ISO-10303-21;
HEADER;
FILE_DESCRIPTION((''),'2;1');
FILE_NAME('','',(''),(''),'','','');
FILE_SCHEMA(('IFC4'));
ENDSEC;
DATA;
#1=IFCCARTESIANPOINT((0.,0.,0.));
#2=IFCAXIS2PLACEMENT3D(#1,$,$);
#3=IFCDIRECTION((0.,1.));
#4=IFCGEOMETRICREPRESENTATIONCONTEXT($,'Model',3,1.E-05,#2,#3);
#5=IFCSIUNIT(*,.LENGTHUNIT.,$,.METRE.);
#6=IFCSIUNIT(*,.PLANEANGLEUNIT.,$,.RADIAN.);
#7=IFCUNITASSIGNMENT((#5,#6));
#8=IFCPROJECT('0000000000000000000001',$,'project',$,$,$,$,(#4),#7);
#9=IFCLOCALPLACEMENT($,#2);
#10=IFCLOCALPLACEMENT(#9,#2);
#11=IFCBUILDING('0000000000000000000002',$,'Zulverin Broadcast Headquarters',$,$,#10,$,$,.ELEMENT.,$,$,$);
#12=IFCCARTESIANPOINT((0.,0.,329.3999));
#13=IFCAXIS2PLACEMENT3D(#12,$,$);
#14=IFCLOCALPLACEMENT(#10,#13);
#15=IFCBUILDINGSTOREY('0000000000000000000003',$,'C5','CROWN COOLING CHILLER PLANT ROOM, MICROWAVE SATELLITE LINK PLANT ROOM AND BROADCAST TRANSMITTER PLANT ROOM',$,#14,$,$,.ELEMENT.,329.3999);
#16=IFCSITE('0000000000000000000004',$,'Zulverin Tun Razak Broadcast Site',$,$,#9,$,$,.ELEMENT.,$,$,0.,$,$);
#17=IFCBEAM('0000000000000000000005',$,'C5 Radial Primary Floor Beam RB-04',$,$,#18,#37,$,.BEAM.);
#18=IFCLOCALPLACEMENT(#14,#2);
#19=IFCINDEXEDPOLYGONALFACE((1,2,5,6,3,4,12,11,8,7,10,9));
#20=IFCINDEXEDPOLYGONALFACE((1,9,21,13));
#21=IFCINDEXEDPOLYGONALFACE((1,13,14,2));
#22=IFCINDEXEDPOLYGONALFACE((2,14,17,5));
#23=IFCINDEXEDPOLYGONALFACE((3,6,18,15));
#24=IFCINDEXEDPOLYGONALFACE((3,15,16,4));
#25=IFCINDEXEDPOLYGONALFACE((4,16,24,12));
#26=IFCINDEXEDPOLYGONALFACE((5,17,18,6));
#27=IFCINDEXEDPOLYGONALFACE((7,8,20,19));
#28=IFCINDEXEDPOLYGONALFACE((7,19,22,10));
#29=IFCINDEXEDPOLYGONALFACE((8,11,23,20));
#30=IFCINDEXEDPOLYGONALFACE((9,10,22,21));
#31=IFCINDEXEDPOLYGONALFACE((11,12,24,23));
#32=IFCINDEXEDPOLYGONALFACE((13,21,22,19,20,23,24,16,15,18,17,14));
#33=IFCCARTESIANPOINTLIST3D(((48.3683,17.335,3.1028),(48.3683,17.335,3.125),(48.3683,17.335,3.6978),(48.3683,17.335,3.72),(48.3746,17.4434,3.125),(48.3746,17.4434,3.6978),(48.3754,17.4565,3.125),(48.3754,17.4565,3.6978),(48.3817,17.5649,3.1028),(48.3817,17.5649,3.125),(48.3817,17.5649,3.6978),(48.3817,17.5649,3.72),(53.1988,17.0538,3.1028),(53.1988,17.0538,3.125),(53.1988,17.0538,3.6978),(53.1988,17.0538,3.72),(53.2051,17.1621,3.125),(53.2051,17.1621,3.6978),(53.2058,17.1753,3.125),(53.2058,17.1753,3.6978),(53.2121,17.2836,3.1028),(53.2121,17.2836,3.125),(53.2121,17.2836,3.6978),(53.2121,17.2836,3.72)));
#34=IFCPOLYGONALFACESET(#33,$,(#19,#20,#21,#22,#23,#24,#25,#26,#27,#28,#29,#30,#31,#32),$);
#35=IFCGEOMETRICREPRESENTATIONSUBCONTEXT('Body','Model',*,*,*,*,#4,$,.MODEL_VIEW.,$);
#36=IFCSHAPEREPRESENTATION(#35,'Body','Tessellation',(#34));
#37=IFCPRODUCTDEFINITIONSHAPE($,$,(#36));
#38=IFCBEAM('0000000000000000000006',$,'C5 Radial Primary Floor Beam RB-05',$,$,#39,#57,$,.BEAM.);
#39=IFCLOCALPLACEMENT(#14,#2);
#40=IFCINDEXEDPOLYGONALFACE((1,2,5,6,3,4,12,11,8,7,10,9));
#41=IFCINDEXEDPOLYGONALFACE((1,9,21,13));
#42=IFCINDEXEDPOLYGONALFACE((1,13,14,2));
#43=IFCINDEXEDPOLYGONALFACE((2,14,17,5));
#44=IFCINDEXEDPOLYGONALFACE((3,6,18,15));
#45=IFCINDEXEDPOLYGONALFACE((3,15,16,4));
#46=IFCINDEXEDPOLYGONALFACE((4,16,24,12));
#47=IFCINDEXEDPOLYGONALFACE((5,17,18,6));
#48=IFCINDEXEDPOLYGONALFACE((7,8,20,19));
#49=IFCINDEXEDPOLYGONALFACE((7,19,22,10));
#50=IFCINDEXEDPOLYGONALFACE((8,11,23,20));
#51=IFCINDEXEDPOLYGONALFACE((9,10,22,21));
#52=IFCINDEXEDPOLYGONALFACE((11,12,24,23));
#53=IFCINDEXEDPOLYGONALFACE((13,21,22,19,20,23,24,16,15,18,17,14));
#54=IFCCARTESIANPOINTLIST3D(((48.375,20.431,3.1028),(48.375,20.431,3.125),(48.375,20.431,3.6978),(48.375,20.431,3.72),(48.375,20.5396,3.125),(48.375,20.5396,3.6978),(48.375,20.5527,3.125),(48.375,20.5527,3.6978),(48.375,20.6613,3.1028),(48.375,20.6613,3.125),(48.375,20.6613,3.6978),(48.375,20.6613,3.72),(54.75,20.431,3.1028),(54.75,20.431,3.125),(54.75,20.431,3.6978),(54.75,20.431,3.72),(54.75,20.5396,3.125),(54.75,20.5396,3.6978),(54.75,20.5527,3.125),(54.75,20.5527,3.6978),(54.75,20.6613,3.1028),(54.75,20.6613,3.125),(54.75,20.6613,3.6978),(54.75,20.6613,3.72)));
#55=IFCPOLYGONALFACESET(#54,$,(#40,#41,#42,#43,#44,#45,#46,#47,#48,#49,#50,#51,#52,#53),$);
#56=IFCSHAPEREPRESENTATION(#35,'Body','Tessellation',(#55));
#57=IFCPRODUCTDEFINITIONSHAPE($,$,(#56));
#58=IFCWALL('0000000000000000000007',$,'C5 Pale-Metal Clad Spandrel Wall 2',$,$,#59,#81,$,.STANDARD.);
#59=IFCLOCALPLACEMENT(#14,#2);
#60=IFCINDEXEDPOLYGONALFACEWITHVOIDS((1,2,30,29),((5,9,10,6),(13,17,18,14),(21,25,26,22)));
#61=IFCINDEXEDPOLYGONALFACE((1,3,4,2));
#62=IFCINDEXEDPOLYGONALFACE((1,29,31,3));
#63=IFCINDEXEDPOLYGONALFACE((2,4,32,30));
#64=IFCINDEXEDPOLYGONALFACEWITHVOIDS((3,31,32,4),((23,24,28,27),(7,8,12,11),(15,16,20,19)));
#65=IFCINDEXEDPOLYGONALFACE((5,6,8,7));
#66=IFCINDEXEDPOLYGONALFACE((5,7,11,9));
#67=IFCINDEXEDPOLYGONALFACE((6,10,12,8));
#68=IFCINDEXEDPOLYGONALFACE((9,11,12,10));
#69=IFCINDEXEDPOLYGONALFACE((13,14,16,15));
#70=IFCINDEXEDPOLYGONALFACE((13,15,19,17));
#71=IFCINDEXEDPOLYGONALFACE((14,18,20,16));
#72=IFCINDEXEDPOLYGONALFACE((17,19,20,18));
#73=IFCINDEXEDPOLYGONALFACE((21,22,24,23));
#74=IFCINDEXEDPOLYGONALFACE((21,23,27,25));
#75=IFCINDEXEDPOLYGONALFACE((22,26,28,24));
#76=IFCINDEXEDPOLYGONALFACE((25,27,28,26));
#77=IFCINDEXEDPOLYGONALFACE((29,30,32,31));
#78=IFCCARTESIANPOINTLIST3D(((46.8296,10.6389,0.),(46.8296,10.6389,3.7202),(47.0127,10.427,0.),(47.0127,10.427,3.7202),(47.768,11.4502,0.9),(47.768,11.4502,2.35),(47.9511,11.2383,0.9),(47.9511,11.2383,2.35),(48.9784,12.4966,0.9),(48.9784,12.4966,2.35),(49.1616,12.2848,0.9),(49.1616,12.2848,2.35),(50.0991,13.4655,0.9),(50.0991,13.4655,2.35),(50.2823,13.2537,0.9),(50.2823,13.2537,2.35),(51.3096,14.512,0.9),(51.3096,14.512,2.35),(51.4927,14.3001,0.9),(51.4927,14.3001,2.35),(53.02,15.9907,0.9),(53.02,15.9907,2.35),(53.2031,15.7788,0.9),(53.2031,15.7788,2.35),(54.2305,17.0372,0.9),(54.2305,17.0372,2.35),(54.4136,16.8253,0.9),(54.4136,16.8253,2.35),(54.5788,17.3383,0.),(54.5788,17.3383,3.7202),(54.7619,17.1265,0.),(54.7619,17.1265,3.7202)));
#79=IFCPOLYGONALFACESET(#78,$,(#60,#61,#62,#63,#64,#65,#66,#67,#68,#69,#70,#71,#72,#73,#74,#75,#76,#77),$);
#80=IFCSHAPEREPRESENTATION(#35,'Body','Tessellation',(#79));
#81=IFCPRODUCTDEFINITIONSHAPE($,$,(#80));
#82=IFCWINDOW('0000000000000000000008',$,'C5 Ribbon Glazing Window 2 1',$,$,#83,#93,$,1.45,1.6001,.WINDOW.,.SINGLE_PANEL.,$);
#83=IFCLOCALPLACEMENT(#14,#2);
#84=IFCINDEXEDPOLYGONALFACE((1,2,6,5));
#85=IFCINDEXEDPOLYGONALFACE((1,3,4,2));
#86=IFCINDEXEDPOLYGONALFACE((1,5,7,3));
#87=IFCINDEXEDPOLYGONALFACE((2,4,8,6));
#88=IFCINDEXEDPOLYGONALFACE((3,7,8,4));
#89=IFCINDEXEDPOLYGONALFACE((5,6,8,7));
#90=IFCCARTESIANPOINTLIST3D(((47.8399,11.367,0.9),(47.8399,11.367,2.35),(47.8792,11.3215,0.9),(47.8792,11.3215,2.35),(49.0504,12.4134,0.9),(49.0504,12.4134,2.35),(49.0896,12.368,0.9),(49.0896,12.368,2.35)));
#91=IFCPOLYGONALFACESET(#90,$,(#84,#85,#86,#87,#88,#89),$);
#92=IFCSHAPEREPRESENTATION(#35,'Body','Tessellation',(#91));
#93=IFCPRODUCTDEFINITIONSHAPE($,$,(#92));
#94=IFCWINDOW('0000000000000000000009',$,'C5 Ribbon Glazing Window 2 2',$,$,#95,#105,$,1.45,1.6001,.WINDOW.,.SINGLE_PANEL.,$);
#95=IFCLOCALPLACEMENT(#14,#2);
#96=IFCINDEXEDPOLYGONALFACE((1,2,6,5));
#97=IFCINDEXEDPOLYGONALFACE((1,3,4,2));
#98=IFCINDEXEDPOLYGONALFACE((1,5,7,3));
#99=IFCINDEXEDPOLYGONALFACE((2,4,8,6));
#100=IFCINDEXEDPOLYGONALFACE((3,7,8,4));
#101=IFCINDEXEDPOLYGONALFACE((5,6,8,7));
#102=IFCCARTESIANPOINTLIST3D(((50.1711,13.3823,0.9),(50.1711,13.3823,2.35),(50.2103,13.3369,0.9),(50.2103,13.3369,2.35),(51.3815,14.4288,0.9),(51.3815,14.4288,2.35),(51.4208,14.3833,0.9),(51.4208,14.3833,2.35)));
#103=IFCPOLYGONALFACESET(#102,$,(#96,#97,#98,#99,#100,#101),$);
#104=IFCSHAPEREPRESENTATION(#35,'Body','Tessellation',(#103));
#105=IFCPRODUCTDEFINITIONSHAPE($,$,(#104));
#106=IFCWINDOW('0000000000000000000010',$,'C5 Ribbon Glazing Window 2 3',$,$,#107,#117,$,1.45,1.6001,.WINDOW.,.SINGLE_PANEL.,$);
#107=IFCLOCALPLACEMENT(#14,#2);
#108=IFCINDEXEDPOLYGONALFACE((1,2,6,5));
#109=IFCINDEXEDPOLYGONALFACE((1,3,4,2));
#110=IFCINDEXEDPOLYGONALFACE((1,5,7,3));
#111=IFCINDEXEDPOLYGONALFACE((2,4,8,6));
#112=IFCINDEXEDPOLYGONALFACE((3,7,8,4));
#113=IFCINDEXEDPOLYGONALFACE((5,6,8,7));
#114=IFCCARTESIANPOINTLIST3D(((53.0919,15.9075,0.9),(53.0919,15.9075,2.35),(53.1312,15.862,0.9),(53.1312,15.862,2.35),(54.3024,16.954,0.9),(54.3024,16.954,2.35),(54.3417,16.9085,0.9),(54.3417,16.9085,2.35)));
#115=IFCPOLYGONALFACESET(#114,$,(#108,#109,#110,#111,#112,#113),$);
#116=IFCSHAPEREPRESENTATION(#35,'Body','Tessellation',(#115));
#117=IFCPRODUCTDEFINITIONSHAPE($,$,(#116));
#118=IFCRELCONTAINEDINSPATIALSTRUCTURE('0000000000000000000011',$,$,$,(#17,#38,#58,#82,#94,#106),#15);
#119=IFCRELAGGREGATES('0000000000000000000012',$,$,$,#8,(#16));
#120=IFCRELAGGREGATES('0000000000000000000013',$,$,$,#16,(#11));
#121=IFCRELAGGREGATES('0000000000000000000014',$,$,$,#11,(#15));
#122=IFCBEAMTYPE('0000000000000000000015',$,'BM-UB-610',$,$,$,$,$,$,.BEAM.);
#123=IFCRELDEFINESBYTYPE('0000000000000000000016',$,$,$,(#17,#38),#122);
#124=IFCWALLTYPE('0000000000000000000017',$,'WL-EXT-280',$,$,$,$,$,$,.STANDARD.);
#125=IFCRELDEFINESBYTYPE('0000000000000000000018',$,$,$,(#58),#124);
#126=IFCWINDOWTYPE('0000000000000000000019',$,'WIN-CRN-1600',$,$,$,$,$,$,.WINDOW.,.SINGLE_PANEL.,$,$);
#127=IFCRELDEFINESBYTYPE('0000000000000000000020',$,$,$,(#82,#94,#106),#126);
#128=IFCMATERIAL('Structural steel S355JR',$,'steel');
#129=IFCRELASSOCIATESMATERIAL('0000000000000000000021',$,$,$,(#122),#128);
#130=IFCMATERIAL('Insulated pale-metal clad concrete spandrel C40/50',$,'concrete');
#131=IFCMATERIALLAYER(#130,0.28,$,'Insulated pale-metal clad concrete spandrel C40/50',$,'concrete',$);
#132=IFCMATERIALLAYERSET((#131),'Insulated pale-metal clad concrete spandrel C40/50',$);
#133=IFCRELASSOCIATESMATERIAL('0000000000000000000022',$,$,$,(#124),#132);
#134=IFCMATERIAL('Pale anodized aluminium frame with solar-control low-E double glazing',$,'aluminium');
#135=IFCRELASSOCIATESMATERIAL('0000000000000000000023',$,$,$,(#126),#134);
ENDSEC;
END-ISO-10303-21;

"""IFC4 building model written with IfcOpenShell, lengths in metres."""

from ifc_helpers import new_model, si_unit, direction, frame, frame_2d, origin, origin_2d, place, context, subcontext, project, spatial, rectangle, i_section, extrude, material, layer, layer_set, material_profile, profile_set, type_object, element, fill, save


model = new_model("IFC4")

# Units and contexts
model_context = context("Model", 3, precision=1e-05, world=origin(), true_north=direction((0.0, 1.0)))
body_context = subcontext(model_context, "Body", "Model", "MODEL_VIEW")
ifc_project = project(units=[si_unit("LENGTHUNIT", "METRE"), si_unit("PLANEANGLEUNIT", "RADIAN")], contexts=[model_context])

# Site, building, storey
site_placement = place(None, origin())
site = spatial("IfcSite", under=ifc_project, at=site_placement, Name="Zulverin Tun Razak Broadcast Site", CompositionType="ELEMENT", RefElevation=0.0)
building_placement = place(site_placement, origin())
building = spatial("IfcBuilding", under=site, at=building_placement, Name="Zulverin Broadcast Headquarters", CompositionType="ELEMENT")
storey_placement = place(building_placement, frame((0.0, 0.0, 329.3999)))
storey = spatial("IfcBuildingStorey", under=building, at=storey_placement, Name="C5", Description="CROWN COOLING CHILLER PLANT ROOM, MICROWAVE SATELLITE LINK PLANT ROOM AND BROADCAST TRANSMITTER PLANT ROOM", CompositionType="ELEMENT", Elevation=329.3999)

# Shared definitions
ifc_material_1 = material(Name="Structural steel S355JR", Category="steel")

# Beams
ifc_material_profile_1 = material_profile(ifc_material_1, i_section(OverallWidth=0.2302, OverallDepth=0.6172, WebThickness=0.0132, FlangeThickness=0.0222, at=origin_2d()), Name="Structural steel S355JR", Category="steel")
ifc_profile_set_1 = profile_set([ifc_material_profile_1], Name="Structural steel S355JR")
beam_type_1 = type_object("IfcBeamType", Name="BM-UB-610", PredefinedType="BEAM", material=ifc_profile_set_1)
beam_1_placement = place(storey_placement, frame((48.375, 17.45, 3.4114), z_axis=(0.998309, -0.058127, 0.0), x_axis=(0.058127, 0.998309, 0.0)))
element("IfcBeam", 1, at=beam_1_placement, inside=storey, type_object=beam_type_1, Name="C5 Radial Primary Floor Beam RB-04", PredefinedType="BEAM", context=body_context, shape_type="SweptSolid", body=[
    extrude(i_section(OverallWidth=0.2302, OverallDepth=0.6172, WebThickness=0.0132, FlangeThickness=0.0222, at=origin_2d()), origin(), (0.0, 0.0, 1.0), 4.8386),
])
beam_2_placement = place(storey_placement, frame((48.375, 20.5461, 3.4114), z_axis=(1.0, 0.0, 0.0), x_axis=(0.0, 1.0, 0.0)))
element("IfcBeam", 2, at=beam_2_placement, inside=storey, type_object=beam_type_1, Name="C5 Radial Primary Floor Beam RB-05", PredefinedType="BEAM", context=body_context, shape_type="SweptSolid", body=[
    extrude(i_section(OverallWidth=0.2302, OverallDepth=0.6172, WebThickness=0.0132, FlangeThickness=0.0222, at=origin_2d()), origin(), (0.0, 0.0, 1.0), 6.375),
])

# Wall, openings, windows
ifc_material_2 = material(Name="Insulated pale-metal clad concrete spandrel C40/50", Category="concrete")
ifc_layer_1 = layer(ifc_material_2, 0.28, Name="Insulated pale-metal clad concrete spandrel C40/50", Category="concrete")
ifc_layer_set_1 = layer_set([ifc_layer_1], Name="Insulated pale-metal clad concrete spandrel C40/50")
wall_type_1 = type_object("IfcWallType", Name="WL-EXT-280", PredefinedType="STANDARD", material=ifc_layer_set_1)
wall_1_placement = place(storey_placement, frame((46.9211, 10.533, 0.0), z_axis=(0.0, 0.0, 1.0), x_axis=(0.756489, 0.654006, 0.0)))
wall_1 = element("IfcWall", 3, at=wall_1_placement, inside=storey, type_object=wall_type_1, Name="C5 Pale-Metal Clad Spandrel Wall 2", PredefinedType="STANDARD", context=body_context, shape_type="SweptSolid", body=[
    extrude(rectangle(XDim=10.2437, YDim=0.28, at=frame_2d((5.1218, 0.0))), origin(), (0.0, 0.0, 1.0), 3.7202),
])
opening_1_placement = place(wall_1_placement, frame((1.2405, 0.0, 0.8999)))
opening_1 = element("IfcOpeningElement", 4, at=opening_1_placement, cuts=wall_1, PredefinedType="OPENING", context=body_context, shape_type="SweptSolid", body=[
    extrude(rectangle(XDim=1.6001, YDim=1.45, at=frame_2d((0.8, 0.7251))), frame((0.0, 0.1499, 0.0), z_axis=(0.0, -1.0, 0.0), x_axis=(1.0, 0.0, 0.0)), (0.0, 0.0, 1.0), 0.3),
])
opening_2_placement = place(wall_1_placement, frame((4.322, 0.0, 0.8999)))
opening_2 = element("IfcOpeningElement", 5, at=opening_2_placement, cuts=wall_1, PredefinedType="OPENING", context=body_context, shape_type="SweptSolid", body=[
    extrude(rectangle(XDim=1.6001, YDim=1.45, at=frame_2d((0.8, 0.7251))), frame((0.0, 0.1499, 0.0), z_axis=(0.0, -1.0, 0.0), x_axis=(1.0, 0.0, 0.0)), (0.0, 0.0, 1.0), 0.3),
])
opening_3_placement = place(wall_1_placement, frame((8.1831, 0.0, 0.8999)))
opening_3 = element("IfcOpeningElement", 6, at=opening_3_placement, cuts=wall_1, PredefinedType="OPENING", context=body_context, shape_type="SweptSolid", body=[
    extrude(rectangle(XDim=1.6001, YDim=1.45, at=frame_2d((0.8, 0.7251))), frame((0.0, 0.1499, 0.0), z_axis=(0.0, -1.0, 0.0), x_axis=(1.0, 0.0, 0.0)), (0.0, 0.0, 1.0), 0.3),
])
ifc_material_3 = material(Name="Pale anodized aluminium frame with solar-control low-E double glazing", Category="aluminium")
window_type_1 = type_object("IfcWindowType", Name="WIN-CRN-1600", PartitioningType="SINGLE_PANEL", PredefinedType="WINDOW", material=ifc_material_3)
window_1_placement = place(opening_1_placement, origin())
window_1 = element("IfcWindow", 7, at=window_1_placement, inside=storey, type_object=window_type_1, Name="C5 Ribbon Glazing Window 2 1", OverallHeight=1.45, OverallWidth=1.6001, PartitioningType="SINGLE_PANEL", PredefinedType="WINDOW", context=body_context, shape_type="SweptSolid", body=[
    extrude(rectangle(XDim=1.6001, YDim=1.45, at=frame_2d((0.8, 0.7251))), frame((0.0, 0.03, 0.0), z_axis=(0.0, -1.0, 0.0), x_axis=(1.0, 0.0, 0.0)), (0.0, 0.0, 1.0), 0.0601),
])
fill(opening_1, window_1)
window_2_placement = place(opening_2_placement, origin())
window_2 = element("IfcWindow", 8, at=window_2_placement, inside=storey, type_object=window_type_1, Name="C5 Ribbon Glazing Window 2 2", OverallHeight=1.45, OverallWidth=1.6001, PartitioningType="SINGLE_PANEL", PredefinedType="WINDOW", context=body_context, shape_type="SweptSolid", body=[
    extrude(rectangle(XDim=1.6001, YDim=1.45, at=frame_2d((0.8, 0.7251))), frame((0.0, 0.03, 0.0), z_axis=(0.0, -1.0, 0.0), x_axis=(1.0, 0.0, 0.0)), (0.0, 0.0, 1.0), 0.0601),
])
fill(opening_2, window_2)
window_3_placement = place(opening_3_placement, origin())
window_3 = element("IfcWindow", 9, at=window_3_placement, inside=storey, type_object=window_type_1, Name="C5 Ribbon Glazing Window 2 3", OverallHeight=1.45, OverallWidth=1.6001, PartitioningType="SINGLE_PANEL", PredefinedType="WINDOW", context=body_context, shape_type="SweptSolid", body=[
    extrude(rectangle(XDim=1.6001, YDim=1.45, at=frame_2d((0.8, 0.7251))), frame((0.0, 0.03, 0.0), z_axis=(0.0, -1.0, 0.0), x_axis=(1.0, 0.0, 0.0)), (0.0, 0.0, 1.0), 0.0601),
])
fill(opening_3, window_3)

save(model, "model.ifc")
